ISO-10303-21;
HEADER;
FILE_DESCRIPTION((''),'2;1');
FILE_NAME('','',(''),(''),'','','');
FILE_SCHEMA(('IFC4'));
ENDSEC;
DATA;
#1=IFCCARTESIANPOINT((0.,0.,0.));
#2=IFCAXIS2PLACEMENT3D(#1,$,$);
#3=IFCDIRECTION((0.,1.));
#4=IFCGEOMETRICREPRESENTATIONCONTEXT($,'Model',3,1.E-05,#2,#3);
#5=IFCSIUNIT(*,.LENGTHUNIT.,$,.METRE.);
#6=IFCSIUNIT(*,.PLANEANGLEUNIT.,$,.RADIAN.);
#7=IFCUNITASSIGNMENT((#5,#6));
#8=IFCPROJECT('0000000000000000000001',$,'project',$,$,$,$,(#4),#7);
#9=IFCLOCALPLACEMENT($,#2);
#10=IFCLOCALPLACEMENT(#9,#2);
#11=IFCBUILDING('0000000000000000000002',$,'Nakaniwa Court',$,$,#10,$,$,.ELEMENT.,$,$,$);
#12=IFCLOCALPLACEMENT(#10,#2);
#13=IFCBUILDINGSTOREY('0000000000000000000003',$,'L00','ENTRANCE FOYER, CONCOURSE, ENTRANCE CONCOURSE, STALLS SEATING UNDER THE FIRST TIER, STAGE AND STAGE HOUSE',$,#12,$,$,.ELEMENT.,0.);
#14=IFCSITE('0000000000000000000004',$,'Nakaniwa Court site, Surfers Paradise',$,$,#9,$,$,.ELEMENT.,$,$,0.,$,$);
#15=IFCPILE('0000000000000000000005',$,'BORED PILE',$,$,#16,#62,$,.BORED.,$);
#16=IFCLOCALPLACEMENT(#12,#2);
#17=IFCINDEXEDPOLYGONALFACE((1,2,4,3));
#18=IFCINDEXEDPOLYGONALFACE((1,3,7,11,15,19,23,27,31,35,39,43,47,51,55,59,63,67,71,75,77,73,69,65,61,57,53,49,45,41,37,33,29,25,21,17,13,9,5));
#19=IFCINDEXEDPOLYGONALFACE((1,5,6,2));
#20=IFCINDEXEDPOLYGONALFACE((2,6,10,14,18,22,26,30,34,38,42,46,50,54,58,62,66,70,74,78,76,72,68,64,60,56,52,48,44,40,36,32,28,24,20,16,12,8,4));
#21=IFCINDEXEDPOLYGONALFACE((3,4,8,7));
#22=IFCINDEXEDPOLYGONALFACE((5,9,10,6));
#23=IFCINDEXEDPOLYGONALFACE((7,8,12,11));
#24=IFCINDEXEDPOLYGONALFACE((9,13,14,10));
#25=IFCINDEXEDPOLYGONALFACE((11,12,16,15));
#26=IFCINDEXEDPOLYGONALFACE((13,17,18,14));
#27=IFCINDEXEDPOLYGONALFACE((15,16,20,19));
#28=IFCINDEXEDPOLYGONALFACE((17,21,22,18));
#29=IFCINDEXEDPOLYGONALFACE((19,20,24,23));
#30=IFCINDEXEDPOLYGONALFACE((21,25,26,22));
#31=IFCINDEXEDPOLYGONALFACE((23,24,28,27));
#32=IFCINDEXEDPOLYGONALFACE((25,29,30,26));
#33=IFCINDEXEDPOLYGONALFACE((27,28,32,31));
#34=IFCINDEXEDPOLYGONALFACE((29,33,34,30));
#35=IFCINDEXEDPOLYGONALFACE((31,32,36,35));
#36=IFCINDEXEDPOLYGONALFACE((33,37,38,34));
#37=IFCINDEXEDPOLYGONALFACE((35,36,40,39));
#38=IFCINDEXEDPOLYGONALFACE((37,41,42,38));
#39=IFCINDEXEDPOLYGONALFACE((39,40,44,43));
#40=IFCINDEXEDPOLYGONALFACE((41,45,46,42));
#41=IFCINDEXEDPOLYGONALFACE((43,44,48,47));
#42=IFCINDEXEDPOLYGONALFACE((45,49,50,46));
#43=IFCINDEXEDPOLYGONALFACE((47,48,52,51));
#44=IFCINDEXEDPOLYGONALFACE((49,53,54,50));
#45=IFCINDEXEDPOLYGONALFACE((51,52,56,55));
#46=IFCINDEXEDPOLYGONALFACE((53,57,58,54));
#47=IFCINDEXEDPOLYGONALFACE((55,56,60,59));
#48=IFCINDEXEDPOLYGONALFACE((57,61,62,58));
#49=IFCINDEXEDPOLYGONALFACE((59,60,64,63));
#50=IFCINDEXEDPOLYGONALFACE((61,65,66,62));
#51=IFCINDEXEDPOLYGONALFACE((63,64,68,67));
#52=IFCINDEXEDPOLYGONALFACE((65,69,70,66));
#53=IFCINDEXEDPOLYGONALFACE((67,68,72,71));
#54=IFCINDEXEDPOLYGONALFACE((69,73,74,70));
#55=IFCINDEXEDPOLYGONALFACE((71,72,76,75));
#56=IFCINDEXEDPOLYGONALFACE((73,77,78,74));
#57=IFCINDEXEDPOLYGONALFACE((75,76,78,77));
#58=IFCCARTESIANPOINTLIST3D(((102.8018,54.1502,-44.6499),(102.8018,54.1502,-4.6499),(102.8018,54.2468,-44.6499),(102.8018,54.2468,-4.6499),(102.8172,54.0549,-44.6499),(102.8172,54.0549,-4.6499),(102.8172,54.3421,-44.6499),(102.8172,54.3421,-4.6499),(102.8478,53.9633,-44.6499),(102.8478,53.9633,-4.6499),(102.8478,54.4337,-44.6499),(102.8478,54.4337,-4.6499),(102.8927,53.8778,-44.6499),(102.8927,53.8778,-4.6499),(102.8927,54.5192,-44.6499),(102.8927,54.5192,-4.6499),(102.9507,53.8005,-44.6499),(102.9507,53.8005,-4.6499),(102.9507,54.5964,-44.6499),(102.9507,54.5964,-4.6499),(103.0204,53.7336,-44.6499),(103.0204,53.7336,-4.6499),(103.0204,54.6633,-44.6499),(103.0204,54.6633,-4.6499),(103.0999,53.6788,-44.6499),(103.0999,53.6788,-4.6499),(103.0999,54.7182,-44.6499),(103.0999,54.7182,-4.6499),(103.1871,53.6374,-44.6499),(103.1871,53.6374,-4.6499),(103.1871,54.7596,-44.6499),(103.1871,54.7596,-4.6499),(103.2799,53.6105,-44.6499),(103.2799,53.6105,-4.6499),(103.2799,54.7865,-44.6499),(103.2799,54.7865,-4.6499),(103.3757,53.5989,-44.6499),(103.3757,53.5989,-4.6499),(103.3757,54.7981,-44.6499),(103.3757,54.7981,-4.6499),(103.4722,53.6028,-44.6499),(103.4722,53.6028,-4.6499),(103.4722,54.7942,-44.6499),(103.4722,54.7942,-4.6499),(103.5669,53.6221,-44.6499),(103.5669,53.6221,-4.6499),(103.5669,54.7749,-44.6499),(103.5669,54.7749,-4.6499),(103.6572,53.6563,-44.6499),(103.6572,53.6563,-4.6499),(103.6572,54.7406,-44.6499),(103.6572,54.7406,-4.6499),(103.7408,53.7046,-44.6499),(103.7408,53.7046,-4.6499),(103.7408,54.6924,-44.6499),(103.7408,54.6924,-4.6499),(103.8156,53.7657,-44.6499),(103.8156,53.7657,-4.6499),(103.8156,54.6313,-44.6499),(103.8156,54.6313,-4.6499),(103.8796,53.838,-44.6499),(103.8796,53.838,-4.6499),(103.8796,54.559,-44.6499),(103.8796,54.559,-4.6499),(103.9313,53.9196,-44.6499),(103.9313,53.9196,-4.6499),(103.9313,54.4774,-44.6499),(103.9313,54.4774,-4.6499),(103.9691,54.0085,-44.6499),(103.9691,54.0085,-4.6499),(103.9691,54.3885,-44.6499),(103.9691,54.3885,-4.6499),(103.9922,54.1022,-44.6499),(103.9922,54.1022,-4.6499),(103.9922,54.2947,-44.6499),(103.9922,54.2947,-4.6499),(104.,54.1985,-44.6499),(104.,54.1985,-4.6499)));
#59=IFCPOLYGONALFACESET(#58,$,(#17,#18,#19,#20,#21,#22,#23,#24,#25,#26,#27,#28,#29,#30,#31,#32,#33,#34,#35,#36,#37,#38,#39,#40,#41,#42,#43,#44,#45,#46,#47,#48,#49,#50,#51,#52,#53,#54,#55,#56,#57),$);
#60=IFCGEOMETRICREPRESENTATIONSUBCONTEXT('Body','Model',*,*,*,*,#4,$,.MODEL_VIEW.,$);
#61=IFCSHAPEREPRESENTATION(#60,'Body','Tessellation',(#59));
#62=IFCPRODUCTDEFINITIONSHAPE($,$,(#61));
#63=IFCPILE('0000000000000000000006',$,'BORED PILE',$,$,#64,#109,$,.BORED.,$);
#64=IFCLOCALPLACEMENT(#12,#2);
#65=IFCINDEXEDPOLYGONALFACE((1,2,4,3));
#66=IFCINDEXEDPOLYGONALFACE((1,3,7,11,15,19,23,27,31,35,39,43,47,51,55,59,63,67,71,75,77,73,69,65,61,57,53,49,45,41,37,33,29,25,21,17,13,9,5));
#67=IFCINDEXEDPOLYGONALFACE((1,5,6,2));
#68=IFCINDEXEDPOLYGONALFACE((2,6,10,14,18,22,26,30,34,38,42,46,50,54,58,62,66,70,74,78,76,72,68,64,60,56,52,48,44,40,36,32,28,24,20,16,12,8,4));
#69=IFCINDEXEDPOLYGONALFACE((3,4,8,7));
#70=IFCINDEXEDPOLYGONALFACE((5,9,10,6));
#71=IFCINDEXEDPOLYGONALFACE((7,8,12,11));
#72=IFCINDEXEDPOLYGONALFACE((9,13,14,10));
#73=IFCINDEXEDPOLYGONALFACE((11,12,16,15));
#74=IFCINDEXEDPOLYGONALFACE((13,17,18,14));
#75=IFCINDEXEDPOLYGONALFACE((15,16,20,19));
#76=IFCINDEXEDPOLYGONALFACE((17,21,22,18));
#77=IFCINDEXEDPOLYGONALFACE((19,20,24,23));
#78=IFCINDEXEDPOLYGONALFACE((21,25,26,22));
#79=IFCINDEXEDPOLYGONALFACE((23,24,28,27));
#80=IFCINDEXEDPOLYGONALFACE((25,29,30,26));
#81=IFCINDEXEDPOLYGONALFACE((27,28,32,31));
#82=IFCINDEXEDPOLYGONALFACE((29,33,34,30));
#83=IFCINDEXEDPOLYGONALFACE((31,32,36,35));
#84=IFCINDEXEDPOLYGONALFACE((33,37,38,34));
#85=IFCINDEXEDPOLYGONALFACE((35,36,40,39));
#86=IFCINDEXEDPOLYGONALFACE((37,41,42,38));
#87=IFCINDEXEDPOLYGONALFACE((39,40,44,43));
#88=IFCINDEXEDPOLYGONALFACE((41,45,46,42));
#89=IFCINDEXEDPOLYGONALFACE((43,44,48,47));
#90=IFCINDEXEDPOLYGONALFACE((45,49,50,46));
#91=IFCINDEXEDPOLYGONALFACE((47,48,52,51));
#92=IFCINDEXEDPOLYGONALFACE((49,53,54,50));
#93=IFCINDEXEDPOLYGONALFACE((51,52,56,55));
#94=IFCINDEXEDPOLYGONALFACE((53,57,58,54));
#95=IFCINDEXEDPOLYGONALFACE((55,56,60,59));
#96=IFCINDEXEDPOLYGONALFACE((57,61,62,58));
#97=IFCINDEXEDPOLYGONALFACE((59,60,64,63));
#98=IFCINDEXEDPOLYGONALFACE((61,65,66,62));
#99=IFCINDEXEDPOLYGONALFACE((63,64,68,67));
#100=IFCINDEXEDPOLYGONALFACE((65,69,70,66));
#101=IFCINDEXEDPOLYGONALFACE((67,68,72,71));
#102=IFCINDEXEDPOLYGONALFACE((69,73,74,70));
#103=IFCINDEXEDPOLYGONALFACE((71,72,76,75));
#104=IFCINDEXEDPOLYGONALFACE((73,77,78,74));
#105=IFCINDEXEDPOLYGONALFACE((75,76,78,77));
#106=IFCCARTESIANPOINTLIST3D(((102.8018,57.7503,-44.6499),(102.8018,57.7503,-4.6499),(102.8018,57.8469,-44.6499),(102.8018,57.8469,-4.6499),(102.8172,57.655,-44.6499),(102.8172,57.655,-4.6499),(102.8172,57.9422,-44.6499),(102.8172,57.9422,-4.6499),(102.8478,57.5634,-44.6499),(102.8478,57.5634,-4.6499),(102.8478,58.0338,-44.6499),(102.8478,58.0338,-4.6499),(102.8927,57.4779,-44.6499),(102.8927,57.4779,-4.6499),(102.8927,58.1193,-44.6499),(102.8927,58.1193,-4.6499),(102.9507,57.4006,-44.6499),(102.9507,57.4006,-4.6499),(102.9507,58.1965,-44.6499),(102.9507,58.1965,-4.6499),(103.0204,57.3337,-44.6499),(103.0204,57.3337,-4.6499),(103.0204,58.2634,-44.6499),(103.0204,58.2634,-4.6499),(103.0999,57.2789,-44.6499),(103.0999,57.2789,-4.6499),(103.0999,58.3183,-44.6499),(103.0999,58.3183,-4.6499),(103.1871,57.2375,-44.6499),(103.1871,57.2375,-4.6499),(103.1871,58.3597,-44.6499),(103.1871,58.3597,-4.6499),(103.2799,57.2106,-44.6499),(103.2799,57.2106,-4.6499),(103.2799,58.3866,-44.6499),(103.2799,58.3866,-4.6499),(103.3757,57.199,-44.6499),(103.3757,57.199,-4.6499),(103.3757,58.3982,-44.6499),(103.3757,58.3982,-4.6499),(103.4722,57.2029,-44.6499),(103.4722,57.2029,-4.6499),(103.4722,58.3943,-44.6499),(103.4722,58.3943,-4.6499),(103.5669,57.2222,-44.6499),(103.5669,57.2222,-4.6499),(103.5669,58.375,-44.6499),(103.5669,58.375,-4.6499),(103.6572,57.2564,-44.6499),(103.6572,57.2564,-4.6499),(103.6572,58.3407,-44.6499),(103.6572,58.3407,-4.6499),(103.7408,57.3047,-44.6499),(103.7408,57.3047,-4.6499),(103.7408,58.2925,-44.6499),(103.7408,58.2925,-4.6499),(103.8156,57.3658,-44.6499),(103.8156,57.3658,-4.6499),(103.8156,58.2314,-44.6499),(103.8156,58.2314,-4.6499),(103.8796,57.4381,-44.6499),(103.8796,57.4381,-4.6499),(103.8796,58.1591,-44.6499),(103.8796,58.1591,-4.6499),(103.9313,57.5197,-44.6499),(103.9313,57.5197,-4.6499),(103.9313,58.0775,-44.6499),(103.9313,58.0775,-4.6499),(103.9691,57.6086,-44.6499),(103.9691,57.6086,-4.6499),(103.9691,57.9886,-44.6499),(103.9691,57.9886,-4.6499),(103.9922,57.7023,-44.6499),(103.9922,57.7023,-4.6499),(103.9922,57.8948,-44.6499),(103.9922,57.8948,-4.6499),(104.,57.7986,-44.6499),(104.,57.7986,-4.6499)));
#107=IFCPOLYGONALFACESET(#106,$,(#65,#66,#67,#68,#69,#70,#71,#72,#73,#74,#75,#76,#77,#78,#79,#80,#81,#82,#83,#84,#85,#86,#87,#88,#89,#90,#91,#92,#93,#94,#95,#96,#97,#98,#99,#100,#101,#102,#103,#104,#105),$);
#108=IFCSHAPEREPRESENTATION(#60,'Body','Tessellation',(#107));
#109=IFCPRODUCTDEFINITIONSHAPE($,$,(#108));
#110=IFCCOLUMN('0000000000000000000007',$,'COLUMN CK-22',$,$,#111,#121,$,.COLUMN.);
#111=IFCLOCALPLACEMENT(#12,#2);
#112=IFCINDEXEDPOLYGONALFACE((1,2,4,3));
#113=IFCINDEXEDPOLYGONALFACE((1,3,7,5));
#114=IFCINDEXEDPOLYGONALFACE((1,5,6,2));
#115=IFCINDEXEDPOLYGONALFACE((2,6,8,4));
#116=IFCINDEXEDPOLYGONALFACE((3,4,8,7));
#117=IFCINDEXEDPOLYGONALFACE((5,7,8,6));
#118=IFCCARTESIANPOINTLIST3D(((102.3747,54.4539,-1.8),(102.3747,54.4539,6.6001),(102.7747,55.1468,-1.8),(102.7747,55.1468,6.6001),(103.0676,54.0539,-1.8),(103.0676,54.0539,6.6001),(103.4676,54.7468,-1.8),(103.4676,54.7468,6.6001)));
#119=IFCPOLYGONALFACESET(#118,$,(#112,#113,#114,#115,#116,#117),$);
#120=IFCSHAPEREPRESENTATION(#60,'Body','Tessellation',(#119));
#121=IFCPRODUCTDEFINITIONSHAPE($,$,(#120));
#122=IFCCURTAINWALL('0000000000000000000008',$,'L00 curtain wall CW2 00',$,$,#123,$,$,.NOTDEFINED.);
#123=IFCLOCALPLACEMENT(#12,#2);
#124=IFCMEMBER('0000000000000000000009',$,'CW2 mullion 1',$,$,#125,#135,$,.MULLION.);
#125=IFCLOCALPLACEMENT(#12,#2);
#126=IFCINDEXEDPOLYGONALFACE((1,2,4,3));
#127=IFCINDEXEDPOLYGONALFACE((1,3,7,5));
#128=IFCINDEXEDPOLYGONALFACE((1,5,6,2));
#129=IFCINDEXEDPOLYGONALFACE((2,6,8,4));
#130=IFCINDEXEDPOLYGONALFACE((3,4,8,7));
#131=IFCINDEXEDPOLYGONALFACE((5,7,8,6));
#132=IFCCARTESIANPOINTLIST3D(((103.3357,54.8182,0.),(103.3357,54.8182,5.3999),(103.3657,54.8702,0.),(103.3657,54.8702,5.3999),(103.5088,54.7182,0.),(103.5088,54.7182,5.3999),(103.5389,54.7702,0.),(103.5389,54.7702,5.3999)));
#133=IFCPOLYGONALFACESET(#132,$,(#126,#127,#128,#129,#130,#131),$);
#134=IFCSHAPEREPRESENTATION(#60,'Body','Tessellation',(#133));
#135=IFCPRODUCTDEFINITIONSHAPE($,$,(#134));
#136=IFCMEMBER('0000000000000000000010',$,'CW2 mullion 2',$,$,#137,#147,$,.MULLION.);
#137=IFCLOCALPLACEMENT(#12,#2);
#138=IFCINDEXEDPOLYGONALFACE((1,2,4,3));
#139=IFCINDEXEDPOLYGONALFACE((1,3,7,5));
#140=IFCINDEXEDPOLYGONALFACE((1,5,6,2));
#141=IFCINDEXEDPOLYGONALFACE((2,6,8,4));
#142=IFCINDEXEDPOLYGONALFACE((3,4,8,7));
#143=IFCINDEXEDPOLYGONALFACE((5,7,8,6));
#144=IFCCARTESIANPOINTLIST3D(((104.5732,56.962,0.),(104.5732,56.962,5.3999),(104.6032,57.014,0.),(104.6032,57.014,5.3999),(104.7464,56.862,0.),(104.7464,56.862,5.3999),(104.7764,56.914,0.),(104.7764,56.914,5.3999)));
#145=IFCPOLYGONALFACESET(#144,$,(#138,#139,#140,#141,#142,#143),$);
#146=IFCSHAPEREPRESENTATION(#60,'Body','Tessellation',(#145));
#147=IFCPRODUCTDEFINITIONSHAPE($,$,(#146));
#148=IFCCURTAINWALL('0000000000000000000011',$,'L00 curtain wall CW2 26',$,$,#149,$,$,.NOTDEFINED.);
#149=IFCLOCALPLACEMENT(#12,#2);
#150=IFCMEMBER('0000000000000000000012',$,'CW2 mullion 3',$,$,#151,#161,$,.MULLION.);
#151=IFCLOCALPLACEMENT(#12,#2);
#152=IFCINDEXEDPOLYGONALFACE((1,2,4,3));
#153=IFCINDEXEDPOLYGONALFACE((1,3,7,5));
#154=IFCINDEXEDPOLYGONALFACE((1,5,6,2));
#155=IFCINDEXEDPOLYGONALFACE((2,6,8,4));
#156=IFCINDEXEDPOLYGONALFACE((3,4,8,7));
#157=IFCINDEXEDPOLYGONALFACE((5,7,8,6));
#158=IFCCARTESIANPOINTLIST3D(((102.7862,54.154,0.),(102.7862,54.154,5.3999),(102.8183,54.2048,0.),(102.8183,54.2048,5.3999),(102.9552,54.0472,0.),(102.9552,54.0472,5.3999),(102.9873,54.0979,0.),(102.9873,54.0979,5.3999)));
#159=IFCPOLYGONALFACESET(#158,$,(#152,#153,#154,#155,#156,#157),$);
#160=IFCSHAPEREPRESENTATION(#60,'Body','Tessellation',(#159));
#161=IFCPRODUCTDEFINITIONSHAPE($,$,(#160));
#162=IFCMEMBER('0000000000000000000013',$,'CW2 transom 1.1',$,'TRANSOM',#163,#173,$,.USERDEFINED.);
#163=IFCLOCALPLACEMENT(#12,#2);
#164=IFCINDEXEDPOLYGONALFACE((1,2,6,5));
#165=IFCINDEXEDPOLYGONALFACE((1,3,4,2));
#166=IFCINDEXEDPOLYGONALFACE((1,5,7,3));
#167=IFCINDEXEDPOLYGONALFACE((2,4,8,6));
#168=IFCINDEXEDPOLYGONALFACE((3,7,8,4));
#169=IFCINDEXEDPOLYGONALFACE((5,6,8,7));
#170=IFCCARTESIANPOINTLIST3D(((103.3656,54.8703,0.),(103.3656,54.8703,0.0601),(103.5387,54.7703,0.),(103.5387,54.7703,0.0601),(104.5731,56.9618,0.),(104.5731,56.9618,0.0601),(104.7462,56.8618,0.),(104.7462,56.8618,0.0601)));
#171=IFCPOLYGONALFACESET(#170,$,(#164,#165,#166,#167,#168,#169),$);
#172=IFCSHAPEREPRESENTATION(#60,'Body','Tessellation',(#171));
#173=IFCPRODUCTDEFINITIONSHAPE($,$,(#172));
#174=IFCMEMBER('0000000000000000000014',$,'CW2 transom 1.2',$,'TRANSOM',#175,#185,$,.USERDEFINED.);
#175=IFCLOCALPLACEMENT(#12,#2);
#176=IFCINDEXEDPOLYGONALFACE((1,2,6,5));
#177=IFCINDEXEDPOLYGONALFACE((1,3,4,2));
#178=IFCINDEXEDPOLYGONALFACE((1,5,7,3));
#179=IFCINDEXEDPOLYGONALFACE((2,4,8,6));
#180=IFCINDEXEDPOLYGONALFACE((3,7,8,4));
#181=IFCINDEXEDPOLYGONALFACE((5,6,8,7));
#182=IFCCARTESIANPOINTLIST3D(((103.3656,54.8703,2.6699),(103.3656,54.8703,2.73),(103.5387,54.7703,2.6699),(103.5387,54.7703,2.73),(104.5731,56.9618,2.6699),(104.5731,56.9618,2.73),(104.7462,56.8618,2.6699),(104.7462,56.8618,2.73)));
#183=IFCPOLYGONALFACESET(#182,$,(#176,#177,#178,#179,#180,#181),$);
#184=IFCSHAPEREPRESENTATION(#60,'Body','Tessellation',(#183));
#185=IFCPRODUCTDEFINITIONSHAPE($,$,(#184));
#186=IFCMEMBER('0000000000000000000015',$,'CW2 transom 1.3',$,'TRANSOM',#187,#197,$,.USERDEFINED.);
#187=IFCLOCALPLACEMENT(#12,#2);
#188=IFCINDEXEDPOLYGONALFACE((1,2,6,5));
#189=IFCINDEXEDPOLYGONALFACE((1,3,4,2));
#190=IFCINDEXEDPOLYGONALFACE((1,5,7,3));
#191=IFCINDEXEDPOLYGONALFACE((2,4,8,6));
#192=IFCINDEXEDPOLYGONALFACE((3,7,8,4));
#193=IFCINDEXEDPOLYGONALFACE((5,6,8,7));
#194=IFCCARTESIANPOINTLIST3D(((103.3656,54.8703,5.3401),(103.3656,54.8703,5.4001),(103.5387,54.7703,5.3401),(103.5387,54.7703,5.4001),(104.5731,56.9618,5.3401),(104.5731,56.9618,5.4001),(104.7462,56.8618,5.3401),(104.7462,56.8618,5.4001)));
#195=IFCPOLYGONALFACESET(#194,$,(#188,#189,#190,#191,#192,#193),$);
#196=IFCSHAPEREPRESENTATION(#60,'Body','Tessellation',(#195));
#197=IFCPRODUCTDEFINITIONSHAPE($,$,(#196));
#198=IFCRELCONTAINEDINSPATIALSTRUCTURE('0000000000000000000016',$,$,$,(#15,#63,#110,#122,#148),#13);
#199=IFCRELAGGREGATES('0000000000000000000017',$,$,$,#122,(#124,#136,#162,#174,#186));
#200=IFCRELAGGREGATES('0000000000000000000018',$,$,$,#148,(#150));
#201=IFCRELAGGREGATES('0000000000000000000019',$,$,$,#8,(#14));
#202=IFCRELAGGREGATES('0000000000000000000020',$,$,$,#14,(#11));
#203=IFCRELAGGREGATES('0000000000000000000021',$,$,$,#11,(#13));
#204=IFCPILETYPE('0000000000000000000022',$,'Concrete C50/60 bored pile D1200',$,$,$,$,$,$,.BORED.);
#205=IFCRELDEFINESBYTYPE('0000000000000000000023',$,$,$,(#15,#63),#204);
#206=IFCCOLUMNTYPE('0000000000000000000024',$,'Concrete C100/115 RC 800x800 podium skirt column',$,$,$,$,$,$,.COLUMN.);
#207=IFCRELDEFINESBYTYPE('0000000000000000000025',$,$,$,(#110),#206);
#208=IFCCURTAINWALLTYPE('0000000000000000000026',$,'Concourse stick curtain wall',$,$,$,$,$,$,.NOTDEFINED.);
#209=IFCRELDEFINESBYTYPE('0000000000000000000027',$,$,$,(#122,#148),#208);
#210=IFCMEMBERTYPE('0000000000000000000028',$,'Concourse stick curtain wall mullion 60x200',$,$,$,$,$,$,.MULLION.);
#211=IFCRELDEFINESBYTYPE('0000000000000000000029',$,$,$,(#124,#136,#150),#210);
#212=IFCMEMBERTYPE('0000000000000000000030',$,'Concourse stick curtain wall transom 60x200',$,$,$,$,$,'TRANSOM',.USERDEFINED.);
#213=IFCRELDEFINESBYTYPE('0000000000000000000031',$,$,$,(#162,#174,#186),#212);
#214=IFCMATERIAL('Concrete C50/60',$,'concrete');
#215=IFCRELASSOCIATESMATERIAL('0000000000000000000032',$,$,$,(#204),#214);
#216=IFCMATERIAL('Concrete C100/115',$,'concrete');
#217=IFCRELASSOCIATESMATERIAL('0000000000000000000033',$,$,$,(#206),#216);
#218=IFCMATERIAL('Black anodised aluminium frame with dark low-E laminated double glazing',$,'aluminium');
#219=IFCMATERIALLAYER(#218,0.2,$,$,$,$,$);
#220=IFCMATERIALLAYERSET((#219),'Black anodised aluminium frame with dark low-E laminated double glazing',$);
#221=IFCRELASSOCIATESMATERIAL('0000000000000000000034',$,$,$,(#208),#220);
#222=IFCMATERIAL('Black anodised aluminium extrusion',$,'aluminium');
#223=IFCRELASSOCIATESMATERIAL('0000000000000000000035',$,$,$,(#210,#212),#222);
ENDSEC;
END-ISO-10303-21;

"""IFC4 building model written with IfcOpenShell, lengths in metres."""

from ifc_helpers import new_model, si_unit, direction, frame, origin, origin_2d, place, context, subcontext, project, spatial, rectangle, circle, extrude, material, layer, layer_set, material_profile, profile_set, type_object, element, aggregate, save


model = new_model("IFC4")

# Units and contexts
model_context = context("Model", 3, precision=1e-05, world=origin(), true_north=direction((0.0, 1.0)))
body_context = subcontext(model_context, "Body", "Model", "MODEL_VIEW")
ifc_project = project(units=[si_unit("LENGTHUNIT", "METRE"), si_unit("PLANEANGLEUNIT", "RADIAN")], contexts=[model_context])

# Site, building, storey
site_placement = place(None, origin())
site = spatial("IfcSite", under=ifc_project, at=site_placement, Name="Nakaniwa Court site, Surfers Paradise", CompositionType="ELEMENT", RefElevation=0.0)
building_placement = place(site_placement, origin())
building = spatial("IfcBuilding", under=site, at=building_placement, Name="Nakaniwa Court", CompositionType="ELEMENT")
storey_placement = place(building_placement, origin())
storey = spatial("IfcBuildingStorey", under=building, at=storey_placement, Name="L00", Description="ENTRANCE FOYER, CONCOURSE, ENTRANCE CONCOURSE, STALLS SEATING UNDER THE FIRST TIER, STAGE AND STAGE HOUSE", CompositionType="ELEMENT", Elevation=0.0)

# Piles
ifc_material_1 = material(Name="Concrete C50/60", Category="concrete")
ifc_material_profile_1 = material_profile(ifc_material_1, circle(Radius=0.6001, at=origin_2d()), Name="Concrete C50/60 bored pile D1200")
ifc_profile_set_1 = profile_set([ifc_material_profile_1], Name="Concrete C50/60")
pile_type = type_object("IfcPileType", Name="Concrete C50/60 bored pile D1200", PredefinedType="BORED", material=ifc_profile_set_1)
for number, where, z_axis, x_axis, name in (
    (1, (103.3999, 54.1985, -4.6499), (0.0, 0.0, -1.0), (1.0, 0.0, 0.0), "BORED PILE"),
    (2, (103.3999, 57.7986, -4.6499), (0.0, 0.0, -1.0), (1.0, 0.0, 0.0), "BORED PILE"),
):
    element("IfcPile", number, at=place(storey_placement, frame(where, z_axis=z_axis, x_axis=x_axis)), inside=storey, type_object=pile_type, Name=name, PredefinedType="BORED", context=body_context, shape_type="SweptSolid", body=[
        extrude(circle(Radius=0.6001, at=origin_2d()), origin(), (0.0, 0.0, 1.0), 40.0),
    ])

# Column
ifc_material_2 = material(Name="Concrete C100/115", Category="concrete")
ifc_material_profile_2 = material_profile(ifc_material_2, rectangle(XDim=0.8, YDim=0.8, at=origin_2d()), Name="Concrete C100/115 RC 800x800 podium skirt column")
ifc_profile_set_2 = profile_set([ifc_material_profile_2], Name="Concrete C100/115")
column_type = type_object("IfcColumnType", Name="Concrete C100/115 RC 800x800 podium skirt column", PredefinedType="COLUMN", material=ifc_profile_set_2)
column_placement = place(storey_placement, frame((102.9211, 54.6003, -1.8), z_axis=(0.0, 0.0, 1.0), x_axis=(0.5, 0.866025, 0.0)))
element("IfcColumn", 3, at=column_placement, inside=storey, type_object=column_type, Name="COLUMN CK-22", PredefinedType="COLUMN", context=body_context, shape_type="SweptSolid", body=[
    extrude(rectangle(XDim=0.8, YDim=0.8, at=origin_2d()), origin(), (0.0, 0.0, 1.0), 8.4001),
])

# Curtain wall, members
ifc_material_3 = material(Name="Black anodised aluminium frame with dark low-E laminated double glazing", Category="aluminium")
ifc_layer_1 = layer(ifc_material_3, 0.2)
ifc_layer_set_1 = layer_set([ifc_layer_1], Name="Black anodised aluminium frame with dark low-E laminated double glazing")
curtain_wall_type = type_object("IfcCurtainWallType", Name="Concourse stick curtain wall", PredefinedType="NOTDEFINED", material=ifc_layer_set_1)
curtain_wall_1_placement = place(storey_placement, origin())
curtain_wall_1 = element("IfcCurtainWall", 4, at=curtain_wall_1_placement, inside=storey, type_object=curtain_wall_type, Name="L00 curtain wall CW2 00", PredefinedType="NOTDEFINED")
ifc_material_4 = material(Name="Black anodised aluminium extrusion", Category="aluminium")
ifc_material_profile_3 = material_profile(ifc_material_4, rectangle(XDim=0.2, YDim=0.0601, at=origin_2d()), Name="Concourse stick curtain wall mullion 60x200")
ifc_profile_set_3 = profile_set([ifc_material_profile_3], Name="Black anodised aluminium extrusion")
member_type_1 = type_object("IfcMemberType", Name="Concourse stick curtain wall mullion 60x200", PredefinedType="MULLION", material=ifc_profile_set_3)
member_1_placement = place(storey_placement, frame((103.4373, 54.7942, 0.0), z_axis=(0.0, 0.0, 1.0), x_axis=(-0.866037, 0.499979, 0.0)))
member_1 = element("IfcMember", 5, at=member_1_placement, type_object=member_type_1, Name="CW2 mullion 1", PredefinedType="MULLION", context=body_context, shape_type="SweptSolid", body=[
    extrude(rectangle(XDim=0.2, YDim=0.0601, at=origin_2d()), origin(), (0.0, 0.0, 1.0), 5.3999),
])
member_2_placement = place(storey_placement, frame((104.6748, 56.938, 0.0), z_axis=(0.0, 0.0, 1.0), x_axis=(-0.866037, 0.499979, 0.0)))
member_2 = element("IfcMember", 6, at=member_2_placement, type_object=member_type_1, Name="CW2 mullion 2", PredefinedType="MULLION", context=body_context, shape_type="SweptSolid", body=[
    extrude(rectangle(XDim=0.2, YDim=0.0601, at=origin_2d()), origin(), (0.0, 0.0, 1.0), 5.3999),
])

# Curtain wall, member
curtain_wall_2_placement = place(storey_placement, origin())
curtain_wall_2 = element("IfcCurtainWall", 7, at=curtain_wall_2_placement, inside=storey, type_object=curtain_wall_type, Name="L00 curtain wall CW2 26", PredefinedType="NOTDEFINED")
member_3_placement = place(storey_placement, frame((102.8867, 54.126, 0.0), z_axis=(0.0, 0.0, 1.0), x_axis=(-0.845107, 0.534597, 0.0)))
member_3 = element("IfcMember", 8, at=member_3_placement, type_object=member_type_1, Name="CW2 mullion 3", PredefinedType="MULLION", context=body_context, shape_type="SweptSolid", body=[
    extrude(rectangle(XDim=0.2, YDim=0.0601, at=origin_2d()), origin(), (0.0, 0.0, 1.0), 5.3999),
])

# Members
ifc_material_profile_4 = material_profile(ifc_material_4, rectangle(XDim=0.2, YDim=0.0601, at=origin_2d()), Name="Concourse stick curtain wall transom 60x200")
ifc_profile_set_4 = profile_set([ifc_material_profile_4], Name="Black anodised aluminium extrusion")
member_type_2 = type_object("IfcMemberType", Name="Concourse stick curtain wall transom 60x200", ElementType="TRANSOM", PredefinedType="USERDEFINED", material=ifc_profile_set_4)
member_4_placement = place(storey_placement, frame((103.4521, 54.8203, 0.03), z_axis=(0.499988, 0.866032, 0.0), x_axis=(-0.866032, 0.499988, 0.0)))
member_4 = element("IfcMember", 9, at=member_4_placement, type_object=member_type_2, Name="CW2 transom 1.1", ObjectType="TRANSOM", PredefinedType="USERDEFINED", context=body_context, shape_type="SweptSolid", body=[
    extrude(rectangle(XDim=0.2, YDim=0.0601, at=origin_2d()), origin(), (0.0, 0.0, 1.0), 2.415),
])
member_5_placement = place(storey_placement, frame((103.4521, 54.8203, 2.7), z_axis=(0.499988, 0.866032, 0.0), x_axis=(-0.866032, 0.499988, 0.0)))
member_5 = element("IfcMember", 10, at=member_5_placement, type_object=member_type_2, Name="CW2 transom 1.2", ObjectType="TRANSOM", PredefinedType="USERDEFINED", context=body_context, shape_type="SweptSolid", body=[
    extrude(rectangle(XDim=0.2, YDim=0.0601, at=origin_2d()), origin(), (0.0, 0.0, 1.0), 2.415),
])
member_6_placement = place(storey_placement, frame((103.4521, 54.8203, 5.3701), z_axis=(0.499988, 0.866032, 0.0), x_axis=(-0.866032, 0.499988, 0.0)))
member_6 = element("IfcMember", 11, at=member_6_placement, type_object=member_type_2, Name="CW2 transom 1.3", ObjectType="TRANSOM", PredefinedType="USERDEFINED", context=body_context, shape_type="SweptSolid", body=[
    extrude(rectangle(XDim=0.2, YDim=0.0601, at=origin_2d()), origin(), (0.0, 0.0, 1.0), 2.415),
])

aggregate(curtain_wall_1, [member_1, member_2, member_4, member_5, member_6])
aggregate(curtain_wall_2, [member_3])

save(model, "model.ifc")
